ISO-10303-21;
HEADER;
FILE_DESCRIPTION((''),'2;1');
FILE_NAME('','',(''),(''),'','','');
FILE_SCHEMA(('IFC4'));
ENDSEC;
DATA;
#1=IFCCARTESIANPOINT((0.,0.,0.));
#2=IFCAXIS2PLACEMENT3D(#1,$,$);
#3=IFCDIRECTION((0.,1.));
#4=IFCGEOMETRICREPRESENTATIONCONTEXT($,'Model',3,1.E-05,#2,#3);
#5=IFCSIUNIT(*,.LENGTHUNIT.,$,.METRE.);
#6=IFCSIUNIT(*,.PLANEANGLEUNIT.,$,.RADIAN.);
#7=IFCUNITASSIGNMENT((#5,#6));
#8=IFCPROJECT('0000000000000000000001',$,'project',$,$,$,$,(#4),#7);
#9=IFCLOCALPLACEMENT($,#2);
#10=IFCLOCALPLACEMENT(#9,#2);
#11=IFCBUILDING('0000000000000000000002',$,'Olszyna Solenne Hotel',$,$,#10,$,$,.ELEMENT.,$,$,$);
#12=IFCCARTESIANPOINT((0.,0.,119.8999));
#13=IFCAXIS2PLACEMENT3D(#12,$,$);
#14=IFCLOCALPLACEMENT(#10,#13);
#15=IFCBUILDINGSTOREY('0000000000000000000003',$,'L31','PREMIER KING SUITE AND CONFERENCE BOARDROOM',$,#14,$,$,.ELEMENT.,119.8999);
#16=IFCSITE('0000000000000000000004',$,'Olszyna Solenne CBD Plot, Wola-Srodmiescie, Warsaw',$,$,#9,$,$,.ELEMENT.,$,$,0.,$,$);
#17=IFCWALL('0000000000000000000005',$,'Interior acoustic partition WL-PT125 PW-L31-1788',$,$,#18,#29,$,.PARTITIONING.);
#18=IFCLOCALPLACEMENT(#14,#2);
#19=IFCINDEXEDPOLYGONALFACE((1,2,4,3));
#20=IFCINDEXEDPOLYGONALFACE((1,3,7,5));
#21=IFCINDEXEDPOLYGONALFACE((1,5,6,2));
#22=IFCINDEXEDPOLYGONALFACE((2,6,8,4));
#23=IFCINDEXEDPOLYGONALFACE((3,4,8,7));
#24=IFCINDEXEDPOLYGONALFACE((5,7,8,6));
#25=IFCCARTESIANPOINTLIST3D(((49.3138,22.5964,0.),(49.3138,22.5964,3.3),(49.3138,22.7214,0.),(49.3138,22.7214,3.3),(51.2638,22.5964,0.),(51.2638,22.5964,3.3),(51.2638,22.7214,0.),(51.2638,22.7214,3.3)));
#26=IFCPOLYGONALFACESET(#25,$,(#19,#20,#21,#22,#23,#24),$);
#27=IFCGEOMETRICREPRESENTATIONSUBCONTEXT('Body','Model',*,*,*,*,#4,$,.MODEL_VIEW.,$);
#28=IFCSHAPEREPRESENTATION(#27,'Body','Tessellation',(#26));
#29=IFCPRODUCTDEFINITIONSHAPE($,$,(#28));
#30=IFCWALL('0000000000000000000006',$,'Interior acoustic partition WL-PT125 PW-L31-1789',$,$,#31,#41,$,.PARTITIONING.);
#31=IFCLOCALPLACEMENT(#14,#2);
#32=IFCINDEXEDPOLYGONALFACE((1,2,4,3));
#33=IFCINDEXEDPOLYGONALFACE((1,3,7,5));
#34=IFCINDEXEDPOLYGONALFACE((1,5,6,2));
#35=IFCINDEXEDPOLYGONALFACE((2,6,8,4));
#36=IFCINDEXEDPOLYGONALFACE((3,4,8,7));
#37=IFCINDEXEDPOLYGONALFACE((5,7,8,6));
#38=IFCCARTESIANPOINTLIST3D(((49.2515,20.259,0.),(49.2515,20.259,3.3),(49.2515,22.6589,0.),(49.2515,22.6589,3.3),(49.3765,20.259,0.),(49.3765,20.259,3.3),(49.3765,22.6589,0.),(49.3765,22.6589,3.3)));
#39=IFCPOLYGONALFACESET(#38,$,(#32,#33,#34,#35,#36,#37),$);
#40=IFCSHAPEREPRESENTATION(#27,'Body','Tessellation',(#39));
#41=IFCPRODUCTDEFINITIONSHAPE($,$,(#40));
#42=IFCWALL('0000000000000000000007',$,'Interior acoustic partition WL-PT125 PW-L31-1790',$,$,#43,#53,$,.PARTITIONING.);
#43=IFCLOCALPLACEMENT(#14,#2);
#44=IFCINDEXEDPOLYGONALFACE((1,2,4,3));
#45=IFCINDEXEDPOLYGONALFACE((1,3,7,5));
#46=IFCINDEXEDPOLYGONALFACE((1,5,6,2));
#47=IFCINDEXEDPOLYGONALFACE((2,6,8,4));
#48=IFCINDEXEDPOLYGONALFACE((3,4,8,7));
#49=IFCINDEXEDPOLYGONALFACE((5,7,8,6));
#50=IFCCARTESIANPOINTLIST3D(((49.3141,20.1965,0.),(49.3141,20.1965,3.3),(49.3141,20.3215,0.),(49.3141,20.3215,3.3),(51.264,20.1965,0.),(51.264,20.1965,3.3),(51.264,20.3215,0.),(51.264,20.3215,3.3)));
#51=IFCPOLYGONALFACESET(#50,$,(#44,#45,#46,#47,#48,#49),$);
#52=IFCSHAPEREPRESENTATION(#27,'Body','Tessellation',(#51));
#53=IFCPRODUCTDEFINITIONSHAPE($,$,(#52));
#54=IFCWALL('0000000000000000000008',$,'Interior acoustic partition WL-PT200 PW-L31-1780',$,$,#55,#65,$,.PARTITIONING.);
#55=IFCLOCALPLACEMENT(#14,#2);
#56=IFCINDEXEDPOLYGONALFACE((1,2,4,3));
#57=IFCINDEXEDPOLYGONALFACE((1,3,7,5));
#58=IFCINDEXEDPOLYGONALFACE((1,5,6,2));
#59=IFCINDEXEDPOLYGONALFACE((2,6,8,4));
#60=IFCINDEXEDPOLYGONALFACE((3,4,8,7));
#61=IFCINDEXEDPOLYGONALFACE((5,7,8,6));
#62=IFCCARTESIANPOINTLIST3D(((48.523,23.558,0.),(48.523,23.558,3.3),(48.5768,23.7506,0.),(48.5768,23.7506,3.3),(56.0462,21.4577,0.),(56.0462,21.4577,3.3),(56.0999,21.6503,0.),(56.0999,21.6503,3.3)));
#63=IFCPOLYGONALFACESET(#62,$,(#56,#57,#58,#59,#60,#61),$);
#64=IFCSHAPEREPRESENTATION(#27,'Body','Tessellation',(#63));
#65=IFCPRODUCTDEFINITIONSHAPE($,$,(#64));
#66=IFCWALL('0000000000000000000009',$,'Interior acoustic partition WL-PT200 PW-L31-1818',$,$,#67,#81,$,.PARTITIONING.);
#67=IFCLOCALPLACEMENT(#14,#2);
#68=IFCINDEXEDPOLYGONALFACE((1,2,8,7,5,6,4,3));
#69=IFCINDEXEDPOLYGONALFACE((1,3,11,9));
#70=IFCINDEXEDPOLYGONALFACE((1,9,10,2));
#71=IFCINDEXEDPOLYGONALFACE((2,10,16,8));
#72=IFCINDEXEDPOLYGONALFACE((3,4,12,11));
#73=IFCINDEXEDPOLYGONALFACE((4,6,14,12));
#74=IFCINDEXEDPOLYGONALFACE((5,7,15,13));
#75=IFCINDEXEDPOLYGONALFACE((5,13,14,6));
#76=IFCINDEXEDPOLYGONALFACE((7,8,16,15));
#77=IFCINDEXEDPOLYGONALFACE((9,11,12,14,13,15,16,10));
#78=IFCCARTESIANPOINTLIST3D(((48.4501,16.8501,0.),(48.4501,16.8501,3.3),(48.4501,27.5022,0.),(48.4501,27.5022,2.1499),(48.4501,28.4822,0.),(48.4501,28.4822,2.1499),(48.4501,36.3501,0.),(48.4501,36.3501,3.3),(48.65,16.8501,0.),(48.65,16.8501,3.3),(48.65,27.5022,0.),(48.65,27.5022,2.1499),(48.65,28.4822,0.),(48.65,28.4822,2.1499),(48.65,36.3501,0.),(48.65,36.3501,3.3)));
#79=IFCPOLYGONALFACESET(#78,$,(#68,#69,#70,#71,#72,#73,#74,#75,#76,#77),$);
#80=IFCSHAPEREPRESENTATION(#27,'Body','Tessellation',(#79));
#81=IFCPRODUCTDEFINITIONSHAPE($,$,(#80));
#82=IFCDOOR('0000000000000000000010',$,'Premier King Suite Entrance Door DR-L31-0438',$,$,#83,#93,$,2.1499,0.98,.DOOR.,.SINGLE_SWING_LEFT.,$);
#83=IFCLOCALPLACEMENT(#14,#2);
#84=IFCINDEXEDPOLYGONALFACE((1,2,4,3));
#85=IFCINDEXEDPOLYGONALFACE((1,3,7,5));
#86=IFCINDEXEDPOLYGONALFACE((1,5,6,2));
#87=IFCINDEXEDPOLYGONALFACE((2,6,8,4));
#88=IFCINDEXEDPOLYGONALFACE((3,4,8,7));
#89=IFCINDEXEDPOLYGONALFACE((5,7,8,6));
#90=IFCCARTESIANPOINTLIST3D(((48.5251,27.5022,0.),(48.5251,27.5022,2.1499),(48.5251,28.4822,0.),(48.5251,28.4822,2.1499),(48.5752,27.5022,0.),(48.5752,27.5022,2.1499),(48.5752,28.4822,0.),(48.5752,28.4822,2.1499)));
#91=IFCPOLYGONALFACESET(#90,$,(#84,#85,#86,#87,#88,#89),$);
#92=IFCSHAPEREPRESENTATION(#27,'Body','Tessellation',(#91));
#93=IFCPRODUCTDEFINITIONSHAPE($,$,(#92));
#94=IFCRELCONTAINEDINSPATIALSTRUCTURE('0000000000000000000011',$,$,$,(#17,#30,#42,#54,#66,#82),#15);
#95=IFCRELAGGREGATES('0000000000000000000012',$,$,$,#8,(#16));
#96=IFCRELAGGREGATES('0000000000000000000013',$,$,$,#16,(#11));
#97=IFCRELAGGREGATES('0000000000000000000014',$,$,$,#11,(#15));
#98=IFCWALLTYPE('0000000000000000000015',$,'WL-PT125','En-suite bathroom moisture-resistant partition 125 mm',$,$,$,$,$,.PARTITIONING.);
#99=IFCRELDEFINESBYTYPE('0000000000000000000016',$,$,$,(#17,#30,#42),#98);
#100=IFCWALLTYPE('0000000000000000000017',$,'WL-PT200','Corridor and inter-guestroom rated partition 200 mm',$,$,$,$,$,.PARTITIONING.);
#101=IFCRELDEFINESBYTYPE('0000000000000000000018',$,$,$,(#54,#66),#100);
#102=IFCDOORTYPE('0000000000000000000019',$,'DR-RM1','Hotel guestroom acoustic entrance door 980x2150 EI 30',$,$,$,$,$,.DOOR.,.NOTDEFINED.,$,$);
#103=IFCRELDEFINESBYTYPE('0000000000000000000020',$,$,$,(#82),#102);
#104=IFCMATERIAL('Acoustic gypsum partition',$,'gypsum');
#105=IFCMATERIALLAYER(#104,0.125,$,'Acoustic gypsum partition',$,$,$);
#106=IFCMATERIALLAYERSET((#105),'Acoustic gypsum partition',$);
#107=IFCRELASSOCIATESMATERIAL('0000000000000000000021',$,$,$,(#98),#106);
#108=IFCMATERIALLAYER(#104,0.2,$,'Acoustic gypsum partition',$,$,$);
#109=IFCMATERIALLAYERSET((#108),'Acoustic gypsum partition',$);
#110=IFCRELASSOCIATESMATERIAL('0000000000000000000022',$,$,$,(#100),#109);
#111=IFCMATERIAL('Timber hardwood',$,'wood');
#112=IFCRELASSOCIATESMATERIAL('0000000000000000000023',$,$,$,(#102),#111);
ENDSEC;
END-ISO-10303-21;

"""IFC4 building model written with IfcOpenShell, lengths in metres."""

from ifc_helpers import new_model, si_unit, direction, frame, frame_2d, origin, place, context, subcontext, project, spatial, rectangle, extrude, source, transform, mapped, material, layer, layer_set, type_object, type_shapes, element, fill, save


model = new_model("IFC4")

# Units and contexts
model_context = context("Model", 3, precision=1e-05, world=origin(), true_north=direction((0.0, 1.0)))
body_context = subcontext(model_context, "Body", "Model", "MODEL_VIEW")
ifc_project = project(units=[si_unit("LENGTHUNIT", "METRE"), si_unit("PLANEANGLEUNIT", "RADIAN")], contexts=[model_context])

# Site, building, storey
site_placement = place(None, origin())
site = spatial("IfcSite", under=ifc_project, at=site_placement, Name="Olszyna Solenne CBD Plot, Wola-Srodmiescie, Warsaw", CompositionType="ELEMENT", RefElevation=0.0)
building_placement = place(site_placement, origin())
building = spatial("IfcBuilding", under=site, at=building_placement, Name="Olszyna Solenne Hotel", CompositionType="ELEMENT")
storey_placement = place(building_placement, frame((0.0, 0.0, 119.8999)))
storey = spatial("IfcBuildingStorey", under=building, at=storey_placement, Name="L31", Description="PREMIER KING SUITE AND CONFERENCE BOARDROOM", CompositionType="ELEMENT", Elevation=119.8999)

# Shared definitions
ifc_material_1 = material(Name="Acoustic gypsum partition", Category="gypsum")
ifc_layer_1 = layer(ifc_material_1, 0.125, Name="Acoustic gypsum partition")
ifc_layer_set_1 = layer_set([ifc_layer_1], Name="Acoustic gypsum partition")
wall_type_1 = type_object("IfcWallType", Name="WL-PT125", Description="En-suite bathroom moisture-resistant partition 125 mm", PredefinedType="PARTITIONING", material=ifc_layer_set_1)
ifc_material_2 = material(Name="Timber hardwood", Category="wood")

# Walls
wall_1_placement = place(storey_placement, frame((51.2639, 22.6589, 0.0), z_axis=(0.0, 0.0, 1.0), x_axis=(-1.0, 0.0, 0.0)))
element("IfcWall", 1, at=wall_1_placement, inside=storey, type_object=wall_type_1, Name="Interior acoustic partition WL-PT125 PW-L31-1788", PredefinedType="PARTITIONING", context=body_context, shape_type="SweptSolid", body=[
    extrude(rectangle(XDim=1.95, YDim=0.125, at=frame_2d((0.9751, 0.0))), origin(), (0.0, 0.0, 1.0), 3.3),
])
wall_2_placement = place(storey_placement, frame((49.314, 22.6589, 0.0), z_axis=(0.0, 0.0, 1.0), x_axis=(0.0, -1.0, 0.0)))
element("IfcWall", 2, at=wall_2_placement, inside=storey, type_object=wall_type_1, Name="Interior acoustic partition WL-PT125 PW-L31-1789", PredefinedType="PARTITIONING", context=body_context, shape_type="SweptSolid", body=[
    extrude(rectangle(XDim=2.3999, YDim=0.125, at=frame_2d((1.2, 0.0))), origin(), (0.0, 0.0, 1.0), 3.3),
])
wall_3_placement = place(storey_placement, frame((49.314, 20.259, 0.0), z_axis=(0.0, 0.0, 1.0), x_axis=(1.0, 0.0, 0.0)))
element("IfcWall", 3, at=wall_3_placement, inside=storey, type_object=wall_type_1, Name="Interior acoustic partition WL-PT125 PW-L31-1790", PredefinedType="PARTITIONING", context=body_context, shape_type="SweptSolid", body=[
    extrude(rectangle(XDim=1.95, YDim=0.125, at=frame_2d((0.9751, 0.0))), origin(), (0.0, 0.0, 1.0), 3.3),
])
ifc_layer_2 = layer(ifc_material_1, 0.2, Name="Acoustic gypsum partition")
ifc_layer_set_2 = layer_set([ifc_layer_2], Name="Acoustic gypsum partition")
wall_type_2 = type_object("IfcWallType", Name="WL-PT200", Description="Corridor and inter-guestroom rated partition 200 mm", PredefinedType="PARTITIONING", material=ifc_layer_set_2)
wall_4_placement = place(storey_placement, frame((48.55, 23.6543, 0.0), z_axis=(0.0, 0.0, 1.0), x_axis=(0.963168, -0.268899, 0.0)))
element("IfcWall", 4, at=wall_4_placement, inside=storey, type_object=wall_type_2, Name="Interior acoustic partition WL-PT200 PW-L31-1780", PredefinedType="PARTITIONING", context=body_context, shape_type="SweptSolid", body=[
    extrude(rectangle(XDim=7.8108, YDim=0.2, at=frame_2d((3.9053, 0.0))), origin(), (0.0, 0.0, 1.0), 3.3),
])

# Wall, opening, door
wall_5_placement = place(storey_placement, frame((48.55, 16.8501, 0.0), z_axis=(0.0, 0.0, 1.0), x_axis=(0.0, 1.0, 0.0)))
wall_5 = element("IfcWall", 5, at=wall_5_placement, inside=storey, type_object=wall_type_2, Name="Interior acoustic partition WL-PT200 PW-L31-1818", PredefinedType="PARTITIONING", context=body_context, shape_type="SweptSolid", body=[
    extrude(rectangle(XDim=19.5, YDim=0.2, at=frame_2d((9.75, 0.0))), origin(), (0.0, 0.0, 1.0), 3.3),
])
opening_1_placement = place(wall_5_placement, frame((10.6521, 0.0, 0.0)))
opening_1 = element("IfcOpeningElement", 6, at=opening_1_placement, cuts=wall_5, PredefinedType="OPENING", context=body_context, shape_type="SweptSolid", body=[
    extrude(rectangle(XDim=0.98, YDim=2.1499, at=frame_2d((0.49, 1.075))), frame((0.0, 0.1099, 0.0), z_axis=(0.0, -1.0, 0.0), x_axis=(1.0, 0.0, 0.0)), (0.0, 0.0, 1.0), 0.22),
])
door_type_1 = type_object("IfcDoorType", Name="DR-RM1", Description="Hotel guestroom acoustic entrance door 980x2150 EI 30", OperationType="NOTDEFINED", PredefinedType="DOOR", material=ifc_material_2)
shared_shape_1 = source(origin(), body_context, "Body", "SweptSolid", [
    extrude(rectangle(XDim=0.98, YDim=2.1499, at=frame_2d((0.49, 1.075))), frame((0.0, 0.0249, 0.0), z_axis=(0.0, -1.0, 0.0), x_axis=(1.0, 0.0, 0.0)), (0.0, 0.0, 1.0), 0.05),
])
type_shapes(door_type_1, [shared_shape_1])
door_1_placement = place(opening_1_placement, origin())
door_1 = element("IfcDoor", 7, at=door_1_placement, inside=storey, type_object=door_type_1, Name="Premier King Suite Entrance Door DR-L31-0438", OperationType="SINGLE_SWING_LEFT", OverallHeight=2.1499, OverallWidth=0.98, PredefinedType="DOOR", context=body_context, shape_type="MappedRepresentation", body=[
    mapped(shared_shape_1, transform((0.0, 0.0, 0.0), x_axis=(1.0, 0.0, 0.0), y_axis=(0.0, 1.0, 0.0), z_axis=(0.0, 0.0, 1.0), scale=1.0)),
])
fill(opening_1, door_1)

save(model, "model.ifc")
